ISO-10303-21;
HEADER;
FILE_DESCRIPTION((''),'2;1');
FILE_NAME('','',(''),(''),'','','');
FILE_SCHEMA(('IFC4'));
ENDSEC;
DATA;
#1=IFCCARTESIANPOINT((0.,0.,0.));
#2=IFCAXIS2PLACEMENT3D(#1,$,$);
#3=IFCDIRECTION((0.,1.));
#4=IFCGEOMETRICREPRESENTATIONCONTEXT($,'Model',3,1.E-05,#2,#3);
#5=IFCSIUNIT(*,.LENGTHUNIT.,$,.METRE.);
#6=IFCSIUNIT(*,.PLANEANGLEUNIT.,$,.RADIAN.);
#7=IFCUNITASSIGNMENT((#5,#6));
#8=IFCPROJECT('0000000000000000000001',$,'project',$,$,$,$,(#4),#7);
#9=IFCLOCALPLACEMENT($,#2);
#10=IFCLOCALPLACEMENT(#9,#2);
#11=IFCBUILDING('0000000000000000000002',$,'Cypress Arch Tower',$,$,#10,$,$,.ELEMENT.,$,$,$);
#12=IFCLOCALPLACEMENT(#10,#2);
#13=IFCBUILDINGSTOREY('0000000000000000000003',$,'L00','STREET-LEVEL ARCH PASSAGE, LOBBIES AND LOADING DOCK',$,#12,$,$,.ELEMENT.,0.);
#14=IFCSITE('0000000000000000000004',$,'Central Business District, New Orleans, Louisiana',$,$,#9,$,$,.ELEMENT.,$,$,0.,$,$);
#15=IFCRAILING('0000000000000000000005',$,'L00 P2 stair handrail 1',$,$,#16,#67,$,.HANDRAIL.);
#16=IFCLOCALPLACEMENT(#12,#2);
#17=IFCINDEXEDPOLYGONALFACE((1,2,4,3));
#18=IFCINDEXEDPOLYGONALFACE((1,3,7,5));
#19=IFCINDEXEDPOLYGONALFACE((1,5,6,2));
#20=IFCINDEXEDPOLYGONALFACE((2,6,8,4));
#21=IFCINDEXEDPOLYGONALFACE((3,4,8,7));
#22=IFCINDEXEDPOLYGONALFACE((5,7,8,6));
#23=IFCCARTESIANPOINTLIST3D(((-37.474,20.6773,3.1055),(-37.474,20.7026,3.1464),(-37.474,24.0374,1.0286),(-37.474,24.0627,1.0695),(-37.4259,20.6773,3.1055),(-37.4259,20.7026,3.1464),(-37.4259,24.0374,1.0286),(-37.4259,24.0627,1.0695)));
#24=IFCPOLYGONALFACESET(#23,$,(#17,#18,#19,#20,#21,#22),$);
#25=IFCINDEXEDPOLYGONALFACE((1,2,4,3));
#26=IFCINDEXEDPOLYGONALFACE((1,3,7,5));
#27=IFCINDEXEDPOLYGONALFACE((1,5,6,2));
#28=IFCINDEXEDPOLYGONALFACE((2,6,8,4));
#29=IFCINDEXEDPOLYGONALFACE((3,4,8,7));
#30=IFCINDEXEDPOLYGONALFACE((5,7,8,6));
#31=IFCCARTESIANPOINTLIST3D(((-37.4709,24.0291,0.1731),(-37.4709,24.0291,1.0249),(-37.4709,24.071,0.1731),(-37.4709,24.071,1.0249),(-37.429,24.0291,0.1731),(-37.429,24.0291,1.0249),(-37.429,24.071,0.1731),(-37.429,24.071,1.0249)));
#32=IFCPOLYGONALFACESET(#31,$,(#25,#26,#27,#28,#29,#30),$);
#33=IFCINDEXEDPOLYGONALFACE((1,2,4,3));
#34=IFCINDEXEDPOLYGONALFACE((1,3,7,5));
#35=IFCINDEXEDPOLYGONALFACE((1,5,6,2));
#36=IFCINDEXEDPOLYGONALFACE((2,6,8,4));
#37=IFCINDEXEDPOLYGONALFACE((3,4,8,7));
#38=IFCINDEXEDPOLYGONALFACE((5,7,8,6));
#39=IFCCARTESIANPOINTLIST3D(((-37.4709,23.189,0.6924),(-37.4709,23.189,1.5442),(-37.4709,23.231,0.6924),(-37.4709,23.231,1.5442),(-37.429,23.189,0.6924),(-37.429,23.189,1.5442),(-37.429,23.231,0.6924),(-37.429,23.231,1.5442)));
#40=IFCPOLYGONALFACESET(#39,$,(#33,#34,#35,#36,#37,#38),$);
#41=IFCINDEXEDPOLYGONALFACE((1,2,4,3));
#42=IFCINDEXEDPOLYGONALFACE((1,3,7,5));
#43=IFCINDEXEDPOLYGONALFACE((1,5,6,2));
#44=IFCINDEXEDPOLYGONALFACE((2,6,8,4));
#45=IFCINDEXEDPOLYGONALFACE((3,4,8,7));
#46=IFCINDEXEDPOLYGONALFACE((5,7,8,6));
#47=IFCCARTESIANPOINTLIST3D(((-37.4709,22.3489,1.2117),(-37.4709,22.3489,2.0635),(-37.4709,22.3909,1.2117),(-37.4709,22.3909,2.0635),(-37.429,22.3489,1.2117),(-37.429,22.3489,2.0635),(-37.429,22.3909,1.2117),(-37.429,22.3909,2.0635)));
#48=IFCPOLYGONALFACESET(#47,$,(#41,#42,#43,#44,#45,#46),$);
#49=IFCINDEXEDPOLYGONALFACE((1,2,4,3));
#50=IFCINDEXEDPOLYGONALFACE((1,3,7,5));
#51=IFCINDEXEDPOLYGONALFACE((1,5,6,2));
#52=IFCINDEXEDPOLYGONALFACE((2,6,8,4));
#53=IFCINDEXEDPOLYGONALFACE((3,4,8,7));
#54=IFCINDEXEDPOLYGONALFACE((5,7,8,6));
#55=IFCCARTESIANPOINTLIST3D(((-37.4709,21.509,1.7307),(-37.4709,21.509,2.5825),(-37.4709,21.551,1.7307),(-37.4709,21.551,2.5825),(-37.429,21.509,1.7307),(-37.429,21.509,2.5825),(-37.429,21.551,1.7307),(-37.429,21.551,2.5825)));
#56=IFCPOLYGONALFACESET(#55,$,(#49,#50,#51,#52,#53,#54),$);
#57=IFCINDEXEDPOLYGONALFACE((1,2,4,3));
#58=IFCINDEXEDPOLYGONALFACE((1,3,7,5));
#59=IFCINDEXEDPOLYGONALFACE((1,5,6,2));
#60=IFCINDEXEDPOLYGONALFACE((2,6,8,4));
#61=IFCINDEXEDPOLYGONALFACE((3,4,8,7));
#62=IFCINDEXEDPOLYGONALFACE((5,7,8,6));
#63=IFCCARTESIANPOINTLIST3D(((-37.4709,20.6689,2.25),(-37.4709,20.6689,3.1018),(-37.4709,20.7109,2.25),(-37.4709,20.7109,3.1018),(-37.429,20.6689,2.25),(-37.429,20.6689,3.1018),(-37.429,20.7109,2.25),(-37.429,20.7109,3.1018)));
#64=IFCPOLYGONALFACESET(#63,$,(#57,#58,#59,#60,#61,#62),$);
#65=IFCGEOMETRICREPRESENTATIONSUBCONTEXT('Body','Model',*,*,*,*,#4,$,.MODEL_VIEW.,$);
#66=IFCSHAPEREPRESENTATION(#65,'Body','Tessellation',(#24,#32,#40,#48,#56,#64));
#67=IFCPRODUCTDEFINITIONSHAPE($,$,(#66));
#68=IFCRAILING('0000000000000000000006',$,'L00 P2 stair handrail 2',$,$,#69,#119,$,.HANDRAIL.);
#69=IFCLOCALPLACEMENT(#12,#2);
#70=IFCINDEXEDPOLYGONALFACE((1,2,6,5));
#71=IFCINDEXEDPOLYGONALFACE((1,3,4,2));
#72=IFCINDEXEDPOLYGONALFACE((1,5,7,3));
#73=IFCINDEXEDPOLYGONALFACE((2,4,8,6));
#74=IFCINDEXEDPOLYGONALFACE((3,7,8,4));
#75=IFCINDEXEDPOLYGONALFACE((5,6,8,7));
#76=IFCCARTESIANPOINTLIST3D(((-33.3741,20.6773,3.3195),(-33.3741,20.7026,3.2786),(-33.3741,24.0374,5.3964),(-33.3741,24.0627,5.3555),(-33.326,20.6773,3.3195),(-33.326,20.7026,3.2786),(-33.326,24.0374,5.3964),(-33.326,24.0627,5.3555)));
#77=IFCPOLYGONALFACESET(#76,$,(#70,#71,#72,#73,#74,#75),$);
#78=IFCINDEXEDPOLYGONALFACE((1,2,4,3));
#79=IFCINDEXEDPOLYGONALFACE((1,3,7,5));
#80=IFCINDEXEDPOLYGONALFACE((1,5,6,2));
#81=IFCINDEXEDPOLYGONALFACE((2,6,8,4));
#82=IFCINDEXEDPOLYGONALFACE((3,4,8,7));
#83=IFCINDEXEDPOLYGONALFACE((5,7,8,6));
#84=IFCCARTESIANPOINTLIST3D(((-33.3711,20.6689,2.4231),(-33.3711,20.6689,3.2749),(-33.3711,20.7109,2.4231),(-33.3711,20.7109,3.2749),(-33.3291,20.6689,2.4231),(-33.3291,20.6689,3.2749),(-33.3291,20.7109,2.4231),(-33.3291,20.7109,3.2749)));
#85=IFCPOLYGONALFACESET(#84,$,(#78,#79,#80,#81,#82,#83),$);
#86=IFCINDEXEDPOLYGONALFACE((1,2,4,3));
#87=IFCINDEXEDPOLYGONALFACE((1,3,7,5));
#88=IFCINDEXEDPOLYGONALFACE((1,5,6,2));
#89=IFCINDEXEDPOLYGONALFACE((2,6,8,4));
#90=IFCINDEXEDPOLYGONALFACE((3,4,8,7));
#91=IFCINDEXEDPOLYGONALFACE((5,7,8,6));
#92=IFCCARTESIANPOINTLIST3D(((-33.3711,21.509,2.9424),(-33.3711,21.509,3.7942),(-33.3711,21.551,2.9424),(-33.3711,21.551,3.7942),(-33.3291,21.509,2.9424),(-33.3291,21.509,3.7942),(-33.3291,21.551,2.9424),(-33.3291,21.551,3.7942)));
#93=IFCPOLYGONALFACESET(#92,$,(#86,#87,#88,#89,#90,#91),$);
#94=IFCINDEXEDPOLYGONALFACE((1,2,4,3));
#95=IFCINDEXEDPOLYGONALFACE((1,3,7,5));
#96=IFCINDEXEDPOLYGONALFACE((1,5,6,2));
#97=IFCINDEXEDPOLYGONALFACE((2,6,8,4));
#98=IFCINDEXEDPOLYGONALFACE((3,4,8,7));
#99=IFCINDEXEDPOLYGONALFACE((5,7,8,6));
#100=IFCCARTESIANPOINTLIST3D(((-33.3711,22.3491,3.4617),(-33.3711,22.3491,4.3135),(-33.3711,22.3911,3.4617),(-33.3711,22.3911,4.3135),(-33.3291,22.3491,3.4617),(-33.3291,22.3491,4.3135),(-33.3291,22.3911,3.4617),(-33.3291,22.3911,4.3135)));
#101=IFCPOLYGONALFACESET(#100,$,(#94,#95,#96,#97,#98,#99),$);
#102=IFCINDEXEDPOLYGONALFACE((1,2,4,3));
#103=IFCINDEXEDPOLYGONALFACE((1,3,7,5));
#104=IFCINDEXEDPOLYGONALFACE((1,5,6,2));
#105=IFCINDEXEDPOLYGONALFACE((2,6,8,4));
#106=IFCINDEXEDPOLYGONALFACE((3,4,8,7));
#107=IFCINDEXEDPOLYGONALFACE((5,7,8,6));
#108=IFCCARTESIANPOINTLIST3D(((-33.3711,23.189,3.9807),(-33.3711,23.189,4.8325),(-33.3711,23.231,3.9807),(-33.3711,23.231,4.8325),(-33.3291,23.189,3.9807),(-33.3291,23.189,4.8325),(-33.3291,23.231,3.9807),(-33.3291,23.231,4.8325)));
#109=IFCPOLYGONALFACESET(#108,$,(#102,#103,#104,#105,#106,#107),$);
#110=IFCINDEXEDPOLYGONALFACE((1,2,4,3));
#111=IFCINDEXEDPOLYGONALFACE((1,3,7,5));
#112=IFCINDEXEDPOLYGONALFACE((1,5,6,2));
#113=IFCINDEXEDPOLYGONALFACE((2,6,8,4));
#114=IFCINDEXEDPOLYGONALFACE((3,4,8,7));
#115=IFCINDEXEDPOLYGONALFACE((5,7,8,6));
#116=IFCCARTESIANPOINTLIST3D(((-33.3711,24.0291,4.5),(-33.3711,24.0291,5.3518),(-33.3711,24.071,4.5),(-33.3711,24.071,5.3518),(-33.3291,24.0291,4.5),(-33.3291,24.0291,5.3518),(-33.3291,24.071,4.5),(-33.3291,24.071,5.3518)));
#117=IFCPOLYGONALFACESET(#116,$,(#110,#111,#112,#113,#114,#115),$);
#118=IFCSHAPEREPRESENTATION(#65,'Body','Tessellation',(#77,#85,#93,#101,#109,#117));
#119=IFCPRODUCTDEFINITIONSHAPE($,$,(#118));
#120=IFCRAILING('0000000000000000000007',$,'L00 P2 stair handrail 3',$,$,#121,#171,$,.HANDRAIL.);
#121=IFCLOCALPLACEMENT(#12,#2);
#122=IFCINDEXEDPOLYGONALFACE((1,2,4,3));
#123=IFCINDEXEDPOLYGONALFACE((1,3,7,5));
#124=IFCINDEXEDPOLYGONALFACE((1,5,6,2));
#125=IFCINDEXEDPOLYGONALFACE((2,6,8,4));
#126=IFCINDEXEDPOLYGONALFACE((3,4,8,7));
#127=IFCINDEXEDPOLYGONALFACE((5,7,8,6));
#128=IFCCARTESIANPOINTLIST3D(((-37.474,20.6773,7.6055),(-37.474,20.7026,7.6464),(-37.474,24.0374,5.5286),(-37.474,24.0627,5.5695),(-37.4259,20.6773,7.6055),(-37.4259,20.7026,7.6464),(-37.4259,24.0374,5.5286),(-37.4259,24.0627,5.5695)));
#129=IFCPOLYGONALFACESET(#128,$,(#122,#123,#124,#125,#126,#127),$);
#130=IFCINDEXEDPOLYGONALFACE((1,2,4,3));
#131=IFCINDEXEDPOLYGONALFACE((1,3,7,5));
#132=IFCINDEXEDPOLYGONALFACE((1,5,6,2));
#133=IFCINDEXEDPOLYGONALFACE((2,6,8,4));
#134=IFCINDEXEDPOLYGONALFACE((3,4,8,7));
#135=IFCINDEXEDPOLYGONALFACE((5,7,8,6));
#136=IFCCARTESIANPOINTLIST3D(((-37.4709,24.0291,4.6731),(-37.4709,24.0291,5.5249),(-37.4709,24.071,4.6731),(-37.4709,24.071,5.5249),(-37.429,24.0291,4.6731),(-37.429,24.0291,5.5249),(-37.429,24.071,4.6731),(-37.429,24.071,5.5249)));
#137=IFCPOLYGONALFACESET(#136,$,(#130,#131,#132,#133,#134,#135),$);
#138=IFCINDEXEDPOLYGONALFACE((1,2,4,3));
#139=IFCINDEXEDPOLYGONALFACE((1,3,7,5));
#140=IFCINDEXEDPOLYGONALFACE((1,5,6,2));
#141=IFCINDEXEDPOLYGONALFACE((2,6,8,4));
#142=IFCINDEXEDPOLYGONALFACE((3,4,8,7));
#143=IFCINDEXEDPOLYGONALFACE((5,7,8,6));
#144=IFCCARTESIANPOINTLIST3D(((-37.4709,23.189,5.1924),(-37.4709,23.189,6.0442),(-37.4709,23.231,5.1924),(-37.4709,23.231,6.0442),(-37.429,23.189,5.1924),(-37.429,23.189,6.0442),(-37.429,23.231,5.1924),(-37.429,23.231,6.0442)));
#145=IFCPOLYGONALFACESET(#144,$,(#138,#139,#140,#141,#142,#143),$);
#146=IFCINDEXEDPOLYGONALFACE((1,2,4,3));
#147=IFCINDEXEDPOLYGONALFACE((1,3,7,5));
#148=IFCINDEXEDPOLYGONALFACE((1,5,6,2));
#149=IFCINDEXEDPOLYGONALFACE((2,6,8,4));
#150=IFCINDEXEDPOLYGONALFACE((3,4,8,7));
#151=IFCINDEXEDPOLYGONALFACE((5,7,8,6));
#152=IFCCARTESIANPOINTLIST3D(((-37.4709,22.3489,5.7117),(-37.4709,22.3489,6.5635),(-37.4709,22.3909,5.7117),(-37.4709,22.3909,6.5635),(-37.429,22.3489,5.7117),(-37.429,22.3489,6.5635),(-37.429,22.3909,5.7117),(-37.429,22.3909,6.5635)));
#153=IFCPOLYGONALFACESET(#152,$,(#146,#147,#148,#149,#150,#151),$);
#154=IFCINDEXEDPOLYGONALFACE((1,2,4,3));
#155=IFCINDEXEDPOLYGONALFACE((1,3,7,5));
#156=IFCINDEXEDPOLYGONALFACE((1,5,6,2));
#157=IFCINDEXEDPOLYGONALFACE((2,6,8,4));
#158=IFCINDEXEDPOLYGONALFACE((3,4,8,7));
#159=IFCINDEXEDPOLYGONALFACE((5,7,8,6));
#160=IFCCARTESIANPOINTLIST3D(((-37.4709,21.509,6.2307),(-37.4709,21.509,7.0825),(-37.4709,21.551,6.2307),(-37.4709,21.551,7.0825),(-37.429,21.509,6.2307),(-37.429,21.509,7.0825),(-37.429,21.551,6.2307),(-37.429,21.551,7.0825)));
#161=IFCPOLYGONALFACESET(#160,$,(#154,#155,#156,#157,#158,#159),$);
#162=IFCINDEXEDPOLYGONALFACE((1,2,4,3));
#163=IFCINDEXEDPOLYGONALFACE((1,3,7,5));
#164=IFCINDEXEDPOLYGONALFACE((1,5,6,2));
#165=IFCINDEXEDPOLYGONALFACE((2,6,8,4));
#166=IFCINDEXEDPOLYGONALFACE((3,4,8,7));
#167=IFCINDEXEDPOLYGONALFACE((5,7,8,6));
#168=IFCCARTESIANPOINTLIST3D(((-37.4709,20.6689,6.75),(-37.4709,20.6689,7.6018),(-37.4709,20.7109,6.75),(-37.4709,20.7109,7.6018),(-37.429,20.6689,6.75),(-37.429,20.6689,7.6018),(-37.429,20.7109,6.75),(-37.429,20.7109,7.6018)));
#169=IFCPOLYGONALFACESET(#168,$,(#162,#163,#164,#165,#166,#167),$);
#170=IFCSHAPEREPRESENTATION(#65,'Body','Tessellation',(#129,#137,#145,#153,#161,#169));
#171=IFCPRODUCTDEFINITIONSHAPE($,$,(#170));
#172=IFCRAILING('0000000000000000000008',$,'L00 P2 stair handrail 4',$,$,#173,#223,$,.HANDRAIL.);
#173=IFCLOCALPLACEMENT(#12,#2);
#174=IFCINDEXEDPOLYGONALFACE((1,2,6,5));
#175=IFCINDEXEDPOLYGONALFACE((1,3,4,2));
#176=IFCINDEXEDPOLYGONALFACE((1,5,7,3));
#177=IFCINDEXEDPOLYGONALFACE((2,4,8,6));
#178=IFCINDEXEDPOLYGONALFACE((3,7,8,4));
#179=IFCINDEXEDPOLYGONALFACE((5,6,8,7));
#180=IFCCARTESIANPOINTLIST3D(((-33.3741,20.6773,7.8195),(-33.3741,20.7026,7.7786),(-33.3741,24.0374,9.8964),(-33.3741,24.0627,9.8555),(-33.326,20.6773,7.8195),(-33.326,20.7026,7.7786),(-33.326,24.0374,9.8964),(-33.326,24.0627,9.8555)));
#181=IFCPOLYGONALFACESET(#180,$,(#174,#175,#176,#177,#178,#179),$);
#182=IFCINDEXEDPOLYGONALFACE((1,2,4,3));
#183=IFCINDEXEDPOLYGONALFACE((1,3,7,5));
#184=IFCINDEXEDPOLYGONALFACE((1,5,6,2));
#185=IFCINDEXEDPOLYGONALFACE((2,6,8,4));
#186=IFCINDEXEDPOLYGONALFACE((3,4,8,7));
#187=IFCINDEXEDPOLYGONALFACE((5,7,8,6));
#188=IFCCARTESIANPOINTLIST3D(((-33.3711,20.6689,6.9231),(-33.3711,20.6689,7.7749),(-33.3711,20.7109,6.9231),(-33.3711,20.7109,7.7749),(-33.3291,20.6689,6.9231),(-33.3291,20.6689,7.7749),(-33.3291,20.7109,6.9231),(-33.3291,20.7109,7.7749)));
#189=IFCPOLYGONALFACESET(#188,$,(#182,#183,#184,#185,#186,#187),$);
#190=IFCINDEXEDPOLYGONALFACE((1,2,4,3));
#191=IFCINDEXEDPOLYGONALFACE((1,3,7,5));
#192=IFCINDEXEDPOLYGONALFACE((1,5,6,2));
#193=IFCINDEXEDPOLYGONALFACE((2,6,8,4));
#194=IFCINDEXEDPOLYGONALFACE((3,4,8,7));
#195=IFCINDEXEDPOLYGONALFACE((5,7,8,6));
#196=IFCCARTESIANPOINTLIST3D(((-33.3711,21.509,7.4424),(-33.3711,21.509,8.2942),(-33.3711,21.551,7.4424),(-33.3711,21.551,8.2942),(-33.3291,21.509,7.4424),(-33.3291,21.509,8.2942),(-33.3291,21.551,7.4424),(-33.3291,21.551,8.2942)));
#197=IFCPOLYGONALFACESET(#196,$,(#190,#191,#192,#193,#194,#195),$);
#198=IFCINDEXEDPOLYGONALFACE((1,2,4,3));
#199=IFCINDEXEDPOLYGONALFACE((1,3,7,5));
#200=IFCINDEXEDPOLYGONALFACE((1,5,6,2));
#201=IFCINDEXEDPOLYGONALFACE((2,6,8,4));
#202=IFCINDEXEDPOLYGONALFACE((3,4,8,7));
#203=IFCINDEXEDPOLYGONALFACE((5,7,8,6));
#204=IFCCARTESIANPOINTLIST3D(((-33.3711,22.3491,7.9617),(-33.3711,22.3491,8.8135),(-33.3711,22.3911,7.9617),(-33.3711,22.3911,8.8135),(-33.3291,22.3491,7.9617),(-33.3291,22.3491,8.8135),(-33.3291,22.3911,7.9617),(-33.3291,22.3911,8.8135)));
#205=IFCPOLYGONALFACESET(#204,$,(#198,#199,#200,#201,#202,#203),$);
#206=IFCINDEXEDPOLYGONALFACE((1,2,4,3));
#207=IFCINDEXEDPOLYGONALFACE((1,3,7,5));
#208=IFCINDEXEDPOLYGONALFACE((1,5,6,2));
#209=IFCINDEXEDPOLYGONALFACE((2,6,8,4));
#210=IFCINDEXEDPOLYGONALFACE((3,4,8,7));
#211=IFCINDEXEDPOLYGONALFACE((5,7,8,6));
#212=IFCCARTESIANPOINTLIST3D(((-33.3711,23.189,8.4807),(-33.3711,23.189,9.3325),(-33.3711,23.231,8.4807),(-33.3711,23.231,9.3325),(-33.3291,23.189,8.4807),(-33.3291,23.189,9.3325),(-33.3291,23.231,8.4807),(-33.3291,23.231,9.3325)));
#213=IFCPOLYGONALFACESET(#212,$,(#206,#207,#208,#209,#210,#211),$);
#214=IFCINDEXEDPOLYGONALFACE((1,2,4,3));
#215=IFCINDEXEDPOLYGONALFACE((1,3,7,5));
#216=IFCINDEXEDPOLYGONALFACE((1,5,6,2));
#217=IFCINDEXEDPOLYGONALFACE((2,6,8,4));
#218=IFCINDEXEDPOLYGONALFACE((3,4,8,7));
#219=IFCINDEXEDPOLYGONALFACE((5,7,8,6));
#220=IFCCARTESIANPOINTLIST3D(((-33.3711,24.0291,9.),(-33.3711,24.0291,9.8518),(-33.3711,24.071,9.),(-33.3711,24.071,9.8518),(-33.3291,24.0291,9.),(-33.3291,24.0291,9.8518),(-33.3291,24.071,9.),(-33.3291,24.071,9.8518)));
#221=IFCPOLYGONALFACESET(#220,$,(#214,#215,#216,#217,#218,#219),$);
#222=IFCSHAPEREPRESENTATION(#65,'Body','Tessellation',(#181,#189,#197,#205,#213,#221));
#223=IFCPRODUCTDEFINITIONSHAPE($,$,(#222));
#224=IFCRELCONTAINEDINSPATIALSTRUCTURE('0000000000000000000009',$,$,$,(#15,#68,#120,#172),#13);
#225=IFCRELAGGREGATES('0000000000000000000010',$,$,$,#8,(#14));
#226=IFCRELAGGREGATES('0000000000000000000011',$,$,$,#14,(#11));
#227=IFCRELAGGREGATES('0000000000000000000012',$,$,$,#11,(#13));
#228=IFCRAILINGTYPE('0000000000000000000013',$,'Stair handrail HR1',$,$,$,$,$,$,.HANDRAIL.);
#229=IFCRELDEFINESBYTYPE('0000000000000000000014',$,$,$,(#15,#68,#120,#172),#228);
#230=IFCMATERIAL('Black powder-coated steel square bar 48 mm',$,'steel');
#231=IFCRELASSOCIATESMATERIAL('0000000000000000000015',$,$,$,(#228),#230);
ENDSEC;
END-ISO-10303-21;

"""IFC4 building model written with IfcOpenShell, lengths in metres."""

from ifc_helpers import new_model, si_unit, direction, frame, origin, origin_2d, place, context, subcontext, project, spatial, rectangle, extrude, material, type_object, element, save


model = new_model("IFC4")

# Units and contexts
model_context = context("Model", 3, precision=1e-05, world=origin(), true_north=direction((0.0, 1.0)))
body_context = subcontext(model_context, "Body", "Model", "MODEL_VIEW")
ifc_project = project(units=[si_unit("LENGTHUNIT", "METRE"), si_unit("PLANEANGLEUNIT", "RADIAN")], contexts=[model_context])

# Site, building, storey
site_placement = place(None, origin())
site = spatial("IfcSite", under=ifc_project, at=site_placement, Name="Central Business District, New Orleans, Louisiana", CompositionType="ELEMENT", RefElevation=0.0)
building_placement = place(site_placement, origin())
building = spatial("IfcBuilding", under=site, at=building_placement, Name="Cypress Arch Tower", CompositionType="ELEMENT")
storey_placement = place(building_placement, origin())
storey = spatial("IfcBuildingStorey", under=building, at=storey_placement, Name="L00", Description="STREET-LEVEL ARCH PASSAGE, LOBBIES AND LOADING DOCK", CompositionType="ELEMENT", Elevation=0.0)

# Railings
ifc_material_1 = material(Name="Black powder-coated steel square bar 48 mm", Category="steel")
railing_type_1 = type_object("IfcRailingType", Name="Stair handrail HR1", PredefinedType="HANDRAIL", material=ifc_material_1)
railing_1_placement = place(storey_placement, frame((-37.45, 24.05, 0.1731)))
element("IfcRailing", 1, at=railing_1_placement, inside=storey, type_object=railing_type_1, Name="L00 P2 stair handrail 1", PredefinedType="HANDRAIL", context=body_context, shape_type="SweptSolid", body=[
    extrude(rectangle(XDim=0.0481, YDim=0.0481, at=origin_2d()), frame((0.0, 0.0, 0.876), z_axis=(0.0, -0.850623, 0.525776), x_axis=(1.0, 0.0, 0.0)), (0.0, 0.0, 1.0), 3.9502),
    extrude(rectangle(XDim=0.042, YDim=0.042, at=origin_2d()), origin(), (0.0, 0.0, 1.0), 0.8518),
    extrude(rectangle(XDim=0.042, YDim=0.042, at=origin_2d()), frame((0.0, -0.8401, 0.5193)), (0.0, 0.0, 1.0), 0.8518),
    extrude(rectangle(XDim=0.042, YDim=0.042, at=origin_2d()), frame((0.0, -1.6802, 1.0386)), (0.0, 0.0, 1.0), 0.8518),
    extrude(rectangle(XDim=0.042, YDim=0.042, at=origin_2d()), frame((0.0, -2.52, 1.5576)), (0.0, 0.0, 1.0), 0.8518),
    extrude(rectangle(XDim=0.042, YDim=0.042, at=origin_2d()), frame((0.0, -3.3601, 2.0769)), (0.0, 0.0, 1.0), 0.8518),
])
railing_2_placement = place(storey_placement, frame((-33.3501, 20.6899, 2.4231)))
element("IfcRailing", 2, at=railing_2_placement, inside=storey, type_object=railing_type_1, Name="L00 P2 stair handrail 2", PredefinedType="HANDRAIL", context=body_context, shape_type="SweptSolid", body=[
    extrude(rectangle(XDim=0.0481, YDim=0.0481, at=origin_2d()), frame((0.0, 0.0, 0.876), z_axis=(0.0, 0.850623, 0.525776), x_axis=(-1.0, 0.0, 0.0)), (0.0, 0.0, 1.0), 3.9502),
    extrude(rectangle(XDim=0.042, YDim=0.042, at=origin_2d()), origin(), (0.0, 0.0, 1.0), 0.8518),
    extrude(rectangle(XDim=0.042, YDim=0.042, at=origin_2d()), frame((0.0, 0.8401, 0.5193)), (0.0, 0.0, 1.0), 0.8518),
    extrude(rectangle(XDim=0.042, YDim=0.042, at=origin_2d()), frame((0.0, 1.6802, 1.0386)), (0.0, 0.0, 1.0), 0.8518),
    extrude(rectangle(XDim=0.042, YDim=0.042, at=origin_2d()), frame((0.0, 2.52, 1.5576)), (0.0, 0.0, 1.0), 0.8518),
    extrude(rectangle(XDim=0.042, YDim=0.042, at=origin_2d()), frame((0.0, 3.3601, 2.0769)), (0.0, 0.0, 1.0), 0.8518),
])
railing_3_placement = place(storey_placement, frame((-37.45, 24.05, 4.6731)))
element("IfcRailing", 3, at=railing_3_placement, inside=storey, type_object=railing_type_1, Name="L00 P2 stair handrail 3", PredefinedType="HANDRAIL", context=body_context, shape_type="SweptSolid", body=[
    extrude(rectangle(XDim=0.0481, YDim=0.0481, at=origin_2d()), frame((0.0, 0.0, 0.876), z_axis=(0.0, -0.850623, 0.525776), x_axis=(1.0, 0.0, 0.0)), (0.0, 0.0, 1.0), 3.9502),
    extrude(rectangle(XDim=0.042, YDim=0.042, at=origin_2d()), origin(), (0.0, 0.0, 1.0), 0.8518),
    extrude(rectangle(XDim=0.042, YDim=0.042, at=origin_2d()), frame((0.0, -0.8401, 0.5193)), (0.0, 0.0, 1.0), 0.8518),
    extrude(rectangle(XDim=0.042, YDim=0.042, at=origin_2d()), frame((0.0, -1.6802, 1.0386)), (0.0, 0.0, 1.0), 0.8518),
    extrude(rectangle(XDim=0.042, YDim=0.042, at=origin_2d()), frame((0.0, -2.52, 1.5576)), (0.0, 0.0, 1.0), 0.8518),
    extrude(rectangle(XDim=0.042, YDim=0.042, at=origin_2d()), frame((0.0, -3.3601, 2.0769)), (0.0, 0.0, 1.0), 0.8518),
])
railing_4_placement = place(storey_placement, frame((-33.3501, 20.6899, 6.9231)))
element("IfcRailing", 4, at=railing_4_placement, inside=storey, type_object=railing_type_1, Name="L00 P2 stair handrail 4", PredefinedType="HANDRAIL", context=body_context, shape_type="SweptSolid", body=[
    extrude(rectangle(XDim=0.0481, YDim=0.0481, at=origin_2d()), frame((0.0, 0.0, 0.876), z_axis=(0.0, 0.850623, 0.525776), x_axis=(-1.0, 0.0, 0.0)), (0.0, 0.0, 1.0), 3.9502),
    extrude(rectangle(XDim=0.042, YDim=0.042, at=origin_2d()), origin(), (0.0, 0.0, 1.0), 0.8518),
    extrude(rectangle(XDim=0.042, YDim=0.042, at=origin_2d()), frame((0.0, 0.8401, 0.5193)), (0.0, 0.0, 1.0), 0.8518),
    extrude(rectangle(XDim=0.042, YDim=0.042, at=origin_2d()), frame((0.0, 1.6802, 1.0386)), (0.0, 0.0, 1.0), 0.8518),
    extrude(rectangle(XDim=0.042, YDim=0.042, at=origin_2d()), frame((0.0, 2.52, 1.5576)), (0.0, 0.0, 1.0), 0.8518),
    extrude(rectangle(XDim=0.042, YDim=0.042, at=origin_2d()), frame((0.0, 3.3601, 2.0769)), (0.0, 0.0, 1.0), 0.8518),
])

save(model, "model.ifc")
